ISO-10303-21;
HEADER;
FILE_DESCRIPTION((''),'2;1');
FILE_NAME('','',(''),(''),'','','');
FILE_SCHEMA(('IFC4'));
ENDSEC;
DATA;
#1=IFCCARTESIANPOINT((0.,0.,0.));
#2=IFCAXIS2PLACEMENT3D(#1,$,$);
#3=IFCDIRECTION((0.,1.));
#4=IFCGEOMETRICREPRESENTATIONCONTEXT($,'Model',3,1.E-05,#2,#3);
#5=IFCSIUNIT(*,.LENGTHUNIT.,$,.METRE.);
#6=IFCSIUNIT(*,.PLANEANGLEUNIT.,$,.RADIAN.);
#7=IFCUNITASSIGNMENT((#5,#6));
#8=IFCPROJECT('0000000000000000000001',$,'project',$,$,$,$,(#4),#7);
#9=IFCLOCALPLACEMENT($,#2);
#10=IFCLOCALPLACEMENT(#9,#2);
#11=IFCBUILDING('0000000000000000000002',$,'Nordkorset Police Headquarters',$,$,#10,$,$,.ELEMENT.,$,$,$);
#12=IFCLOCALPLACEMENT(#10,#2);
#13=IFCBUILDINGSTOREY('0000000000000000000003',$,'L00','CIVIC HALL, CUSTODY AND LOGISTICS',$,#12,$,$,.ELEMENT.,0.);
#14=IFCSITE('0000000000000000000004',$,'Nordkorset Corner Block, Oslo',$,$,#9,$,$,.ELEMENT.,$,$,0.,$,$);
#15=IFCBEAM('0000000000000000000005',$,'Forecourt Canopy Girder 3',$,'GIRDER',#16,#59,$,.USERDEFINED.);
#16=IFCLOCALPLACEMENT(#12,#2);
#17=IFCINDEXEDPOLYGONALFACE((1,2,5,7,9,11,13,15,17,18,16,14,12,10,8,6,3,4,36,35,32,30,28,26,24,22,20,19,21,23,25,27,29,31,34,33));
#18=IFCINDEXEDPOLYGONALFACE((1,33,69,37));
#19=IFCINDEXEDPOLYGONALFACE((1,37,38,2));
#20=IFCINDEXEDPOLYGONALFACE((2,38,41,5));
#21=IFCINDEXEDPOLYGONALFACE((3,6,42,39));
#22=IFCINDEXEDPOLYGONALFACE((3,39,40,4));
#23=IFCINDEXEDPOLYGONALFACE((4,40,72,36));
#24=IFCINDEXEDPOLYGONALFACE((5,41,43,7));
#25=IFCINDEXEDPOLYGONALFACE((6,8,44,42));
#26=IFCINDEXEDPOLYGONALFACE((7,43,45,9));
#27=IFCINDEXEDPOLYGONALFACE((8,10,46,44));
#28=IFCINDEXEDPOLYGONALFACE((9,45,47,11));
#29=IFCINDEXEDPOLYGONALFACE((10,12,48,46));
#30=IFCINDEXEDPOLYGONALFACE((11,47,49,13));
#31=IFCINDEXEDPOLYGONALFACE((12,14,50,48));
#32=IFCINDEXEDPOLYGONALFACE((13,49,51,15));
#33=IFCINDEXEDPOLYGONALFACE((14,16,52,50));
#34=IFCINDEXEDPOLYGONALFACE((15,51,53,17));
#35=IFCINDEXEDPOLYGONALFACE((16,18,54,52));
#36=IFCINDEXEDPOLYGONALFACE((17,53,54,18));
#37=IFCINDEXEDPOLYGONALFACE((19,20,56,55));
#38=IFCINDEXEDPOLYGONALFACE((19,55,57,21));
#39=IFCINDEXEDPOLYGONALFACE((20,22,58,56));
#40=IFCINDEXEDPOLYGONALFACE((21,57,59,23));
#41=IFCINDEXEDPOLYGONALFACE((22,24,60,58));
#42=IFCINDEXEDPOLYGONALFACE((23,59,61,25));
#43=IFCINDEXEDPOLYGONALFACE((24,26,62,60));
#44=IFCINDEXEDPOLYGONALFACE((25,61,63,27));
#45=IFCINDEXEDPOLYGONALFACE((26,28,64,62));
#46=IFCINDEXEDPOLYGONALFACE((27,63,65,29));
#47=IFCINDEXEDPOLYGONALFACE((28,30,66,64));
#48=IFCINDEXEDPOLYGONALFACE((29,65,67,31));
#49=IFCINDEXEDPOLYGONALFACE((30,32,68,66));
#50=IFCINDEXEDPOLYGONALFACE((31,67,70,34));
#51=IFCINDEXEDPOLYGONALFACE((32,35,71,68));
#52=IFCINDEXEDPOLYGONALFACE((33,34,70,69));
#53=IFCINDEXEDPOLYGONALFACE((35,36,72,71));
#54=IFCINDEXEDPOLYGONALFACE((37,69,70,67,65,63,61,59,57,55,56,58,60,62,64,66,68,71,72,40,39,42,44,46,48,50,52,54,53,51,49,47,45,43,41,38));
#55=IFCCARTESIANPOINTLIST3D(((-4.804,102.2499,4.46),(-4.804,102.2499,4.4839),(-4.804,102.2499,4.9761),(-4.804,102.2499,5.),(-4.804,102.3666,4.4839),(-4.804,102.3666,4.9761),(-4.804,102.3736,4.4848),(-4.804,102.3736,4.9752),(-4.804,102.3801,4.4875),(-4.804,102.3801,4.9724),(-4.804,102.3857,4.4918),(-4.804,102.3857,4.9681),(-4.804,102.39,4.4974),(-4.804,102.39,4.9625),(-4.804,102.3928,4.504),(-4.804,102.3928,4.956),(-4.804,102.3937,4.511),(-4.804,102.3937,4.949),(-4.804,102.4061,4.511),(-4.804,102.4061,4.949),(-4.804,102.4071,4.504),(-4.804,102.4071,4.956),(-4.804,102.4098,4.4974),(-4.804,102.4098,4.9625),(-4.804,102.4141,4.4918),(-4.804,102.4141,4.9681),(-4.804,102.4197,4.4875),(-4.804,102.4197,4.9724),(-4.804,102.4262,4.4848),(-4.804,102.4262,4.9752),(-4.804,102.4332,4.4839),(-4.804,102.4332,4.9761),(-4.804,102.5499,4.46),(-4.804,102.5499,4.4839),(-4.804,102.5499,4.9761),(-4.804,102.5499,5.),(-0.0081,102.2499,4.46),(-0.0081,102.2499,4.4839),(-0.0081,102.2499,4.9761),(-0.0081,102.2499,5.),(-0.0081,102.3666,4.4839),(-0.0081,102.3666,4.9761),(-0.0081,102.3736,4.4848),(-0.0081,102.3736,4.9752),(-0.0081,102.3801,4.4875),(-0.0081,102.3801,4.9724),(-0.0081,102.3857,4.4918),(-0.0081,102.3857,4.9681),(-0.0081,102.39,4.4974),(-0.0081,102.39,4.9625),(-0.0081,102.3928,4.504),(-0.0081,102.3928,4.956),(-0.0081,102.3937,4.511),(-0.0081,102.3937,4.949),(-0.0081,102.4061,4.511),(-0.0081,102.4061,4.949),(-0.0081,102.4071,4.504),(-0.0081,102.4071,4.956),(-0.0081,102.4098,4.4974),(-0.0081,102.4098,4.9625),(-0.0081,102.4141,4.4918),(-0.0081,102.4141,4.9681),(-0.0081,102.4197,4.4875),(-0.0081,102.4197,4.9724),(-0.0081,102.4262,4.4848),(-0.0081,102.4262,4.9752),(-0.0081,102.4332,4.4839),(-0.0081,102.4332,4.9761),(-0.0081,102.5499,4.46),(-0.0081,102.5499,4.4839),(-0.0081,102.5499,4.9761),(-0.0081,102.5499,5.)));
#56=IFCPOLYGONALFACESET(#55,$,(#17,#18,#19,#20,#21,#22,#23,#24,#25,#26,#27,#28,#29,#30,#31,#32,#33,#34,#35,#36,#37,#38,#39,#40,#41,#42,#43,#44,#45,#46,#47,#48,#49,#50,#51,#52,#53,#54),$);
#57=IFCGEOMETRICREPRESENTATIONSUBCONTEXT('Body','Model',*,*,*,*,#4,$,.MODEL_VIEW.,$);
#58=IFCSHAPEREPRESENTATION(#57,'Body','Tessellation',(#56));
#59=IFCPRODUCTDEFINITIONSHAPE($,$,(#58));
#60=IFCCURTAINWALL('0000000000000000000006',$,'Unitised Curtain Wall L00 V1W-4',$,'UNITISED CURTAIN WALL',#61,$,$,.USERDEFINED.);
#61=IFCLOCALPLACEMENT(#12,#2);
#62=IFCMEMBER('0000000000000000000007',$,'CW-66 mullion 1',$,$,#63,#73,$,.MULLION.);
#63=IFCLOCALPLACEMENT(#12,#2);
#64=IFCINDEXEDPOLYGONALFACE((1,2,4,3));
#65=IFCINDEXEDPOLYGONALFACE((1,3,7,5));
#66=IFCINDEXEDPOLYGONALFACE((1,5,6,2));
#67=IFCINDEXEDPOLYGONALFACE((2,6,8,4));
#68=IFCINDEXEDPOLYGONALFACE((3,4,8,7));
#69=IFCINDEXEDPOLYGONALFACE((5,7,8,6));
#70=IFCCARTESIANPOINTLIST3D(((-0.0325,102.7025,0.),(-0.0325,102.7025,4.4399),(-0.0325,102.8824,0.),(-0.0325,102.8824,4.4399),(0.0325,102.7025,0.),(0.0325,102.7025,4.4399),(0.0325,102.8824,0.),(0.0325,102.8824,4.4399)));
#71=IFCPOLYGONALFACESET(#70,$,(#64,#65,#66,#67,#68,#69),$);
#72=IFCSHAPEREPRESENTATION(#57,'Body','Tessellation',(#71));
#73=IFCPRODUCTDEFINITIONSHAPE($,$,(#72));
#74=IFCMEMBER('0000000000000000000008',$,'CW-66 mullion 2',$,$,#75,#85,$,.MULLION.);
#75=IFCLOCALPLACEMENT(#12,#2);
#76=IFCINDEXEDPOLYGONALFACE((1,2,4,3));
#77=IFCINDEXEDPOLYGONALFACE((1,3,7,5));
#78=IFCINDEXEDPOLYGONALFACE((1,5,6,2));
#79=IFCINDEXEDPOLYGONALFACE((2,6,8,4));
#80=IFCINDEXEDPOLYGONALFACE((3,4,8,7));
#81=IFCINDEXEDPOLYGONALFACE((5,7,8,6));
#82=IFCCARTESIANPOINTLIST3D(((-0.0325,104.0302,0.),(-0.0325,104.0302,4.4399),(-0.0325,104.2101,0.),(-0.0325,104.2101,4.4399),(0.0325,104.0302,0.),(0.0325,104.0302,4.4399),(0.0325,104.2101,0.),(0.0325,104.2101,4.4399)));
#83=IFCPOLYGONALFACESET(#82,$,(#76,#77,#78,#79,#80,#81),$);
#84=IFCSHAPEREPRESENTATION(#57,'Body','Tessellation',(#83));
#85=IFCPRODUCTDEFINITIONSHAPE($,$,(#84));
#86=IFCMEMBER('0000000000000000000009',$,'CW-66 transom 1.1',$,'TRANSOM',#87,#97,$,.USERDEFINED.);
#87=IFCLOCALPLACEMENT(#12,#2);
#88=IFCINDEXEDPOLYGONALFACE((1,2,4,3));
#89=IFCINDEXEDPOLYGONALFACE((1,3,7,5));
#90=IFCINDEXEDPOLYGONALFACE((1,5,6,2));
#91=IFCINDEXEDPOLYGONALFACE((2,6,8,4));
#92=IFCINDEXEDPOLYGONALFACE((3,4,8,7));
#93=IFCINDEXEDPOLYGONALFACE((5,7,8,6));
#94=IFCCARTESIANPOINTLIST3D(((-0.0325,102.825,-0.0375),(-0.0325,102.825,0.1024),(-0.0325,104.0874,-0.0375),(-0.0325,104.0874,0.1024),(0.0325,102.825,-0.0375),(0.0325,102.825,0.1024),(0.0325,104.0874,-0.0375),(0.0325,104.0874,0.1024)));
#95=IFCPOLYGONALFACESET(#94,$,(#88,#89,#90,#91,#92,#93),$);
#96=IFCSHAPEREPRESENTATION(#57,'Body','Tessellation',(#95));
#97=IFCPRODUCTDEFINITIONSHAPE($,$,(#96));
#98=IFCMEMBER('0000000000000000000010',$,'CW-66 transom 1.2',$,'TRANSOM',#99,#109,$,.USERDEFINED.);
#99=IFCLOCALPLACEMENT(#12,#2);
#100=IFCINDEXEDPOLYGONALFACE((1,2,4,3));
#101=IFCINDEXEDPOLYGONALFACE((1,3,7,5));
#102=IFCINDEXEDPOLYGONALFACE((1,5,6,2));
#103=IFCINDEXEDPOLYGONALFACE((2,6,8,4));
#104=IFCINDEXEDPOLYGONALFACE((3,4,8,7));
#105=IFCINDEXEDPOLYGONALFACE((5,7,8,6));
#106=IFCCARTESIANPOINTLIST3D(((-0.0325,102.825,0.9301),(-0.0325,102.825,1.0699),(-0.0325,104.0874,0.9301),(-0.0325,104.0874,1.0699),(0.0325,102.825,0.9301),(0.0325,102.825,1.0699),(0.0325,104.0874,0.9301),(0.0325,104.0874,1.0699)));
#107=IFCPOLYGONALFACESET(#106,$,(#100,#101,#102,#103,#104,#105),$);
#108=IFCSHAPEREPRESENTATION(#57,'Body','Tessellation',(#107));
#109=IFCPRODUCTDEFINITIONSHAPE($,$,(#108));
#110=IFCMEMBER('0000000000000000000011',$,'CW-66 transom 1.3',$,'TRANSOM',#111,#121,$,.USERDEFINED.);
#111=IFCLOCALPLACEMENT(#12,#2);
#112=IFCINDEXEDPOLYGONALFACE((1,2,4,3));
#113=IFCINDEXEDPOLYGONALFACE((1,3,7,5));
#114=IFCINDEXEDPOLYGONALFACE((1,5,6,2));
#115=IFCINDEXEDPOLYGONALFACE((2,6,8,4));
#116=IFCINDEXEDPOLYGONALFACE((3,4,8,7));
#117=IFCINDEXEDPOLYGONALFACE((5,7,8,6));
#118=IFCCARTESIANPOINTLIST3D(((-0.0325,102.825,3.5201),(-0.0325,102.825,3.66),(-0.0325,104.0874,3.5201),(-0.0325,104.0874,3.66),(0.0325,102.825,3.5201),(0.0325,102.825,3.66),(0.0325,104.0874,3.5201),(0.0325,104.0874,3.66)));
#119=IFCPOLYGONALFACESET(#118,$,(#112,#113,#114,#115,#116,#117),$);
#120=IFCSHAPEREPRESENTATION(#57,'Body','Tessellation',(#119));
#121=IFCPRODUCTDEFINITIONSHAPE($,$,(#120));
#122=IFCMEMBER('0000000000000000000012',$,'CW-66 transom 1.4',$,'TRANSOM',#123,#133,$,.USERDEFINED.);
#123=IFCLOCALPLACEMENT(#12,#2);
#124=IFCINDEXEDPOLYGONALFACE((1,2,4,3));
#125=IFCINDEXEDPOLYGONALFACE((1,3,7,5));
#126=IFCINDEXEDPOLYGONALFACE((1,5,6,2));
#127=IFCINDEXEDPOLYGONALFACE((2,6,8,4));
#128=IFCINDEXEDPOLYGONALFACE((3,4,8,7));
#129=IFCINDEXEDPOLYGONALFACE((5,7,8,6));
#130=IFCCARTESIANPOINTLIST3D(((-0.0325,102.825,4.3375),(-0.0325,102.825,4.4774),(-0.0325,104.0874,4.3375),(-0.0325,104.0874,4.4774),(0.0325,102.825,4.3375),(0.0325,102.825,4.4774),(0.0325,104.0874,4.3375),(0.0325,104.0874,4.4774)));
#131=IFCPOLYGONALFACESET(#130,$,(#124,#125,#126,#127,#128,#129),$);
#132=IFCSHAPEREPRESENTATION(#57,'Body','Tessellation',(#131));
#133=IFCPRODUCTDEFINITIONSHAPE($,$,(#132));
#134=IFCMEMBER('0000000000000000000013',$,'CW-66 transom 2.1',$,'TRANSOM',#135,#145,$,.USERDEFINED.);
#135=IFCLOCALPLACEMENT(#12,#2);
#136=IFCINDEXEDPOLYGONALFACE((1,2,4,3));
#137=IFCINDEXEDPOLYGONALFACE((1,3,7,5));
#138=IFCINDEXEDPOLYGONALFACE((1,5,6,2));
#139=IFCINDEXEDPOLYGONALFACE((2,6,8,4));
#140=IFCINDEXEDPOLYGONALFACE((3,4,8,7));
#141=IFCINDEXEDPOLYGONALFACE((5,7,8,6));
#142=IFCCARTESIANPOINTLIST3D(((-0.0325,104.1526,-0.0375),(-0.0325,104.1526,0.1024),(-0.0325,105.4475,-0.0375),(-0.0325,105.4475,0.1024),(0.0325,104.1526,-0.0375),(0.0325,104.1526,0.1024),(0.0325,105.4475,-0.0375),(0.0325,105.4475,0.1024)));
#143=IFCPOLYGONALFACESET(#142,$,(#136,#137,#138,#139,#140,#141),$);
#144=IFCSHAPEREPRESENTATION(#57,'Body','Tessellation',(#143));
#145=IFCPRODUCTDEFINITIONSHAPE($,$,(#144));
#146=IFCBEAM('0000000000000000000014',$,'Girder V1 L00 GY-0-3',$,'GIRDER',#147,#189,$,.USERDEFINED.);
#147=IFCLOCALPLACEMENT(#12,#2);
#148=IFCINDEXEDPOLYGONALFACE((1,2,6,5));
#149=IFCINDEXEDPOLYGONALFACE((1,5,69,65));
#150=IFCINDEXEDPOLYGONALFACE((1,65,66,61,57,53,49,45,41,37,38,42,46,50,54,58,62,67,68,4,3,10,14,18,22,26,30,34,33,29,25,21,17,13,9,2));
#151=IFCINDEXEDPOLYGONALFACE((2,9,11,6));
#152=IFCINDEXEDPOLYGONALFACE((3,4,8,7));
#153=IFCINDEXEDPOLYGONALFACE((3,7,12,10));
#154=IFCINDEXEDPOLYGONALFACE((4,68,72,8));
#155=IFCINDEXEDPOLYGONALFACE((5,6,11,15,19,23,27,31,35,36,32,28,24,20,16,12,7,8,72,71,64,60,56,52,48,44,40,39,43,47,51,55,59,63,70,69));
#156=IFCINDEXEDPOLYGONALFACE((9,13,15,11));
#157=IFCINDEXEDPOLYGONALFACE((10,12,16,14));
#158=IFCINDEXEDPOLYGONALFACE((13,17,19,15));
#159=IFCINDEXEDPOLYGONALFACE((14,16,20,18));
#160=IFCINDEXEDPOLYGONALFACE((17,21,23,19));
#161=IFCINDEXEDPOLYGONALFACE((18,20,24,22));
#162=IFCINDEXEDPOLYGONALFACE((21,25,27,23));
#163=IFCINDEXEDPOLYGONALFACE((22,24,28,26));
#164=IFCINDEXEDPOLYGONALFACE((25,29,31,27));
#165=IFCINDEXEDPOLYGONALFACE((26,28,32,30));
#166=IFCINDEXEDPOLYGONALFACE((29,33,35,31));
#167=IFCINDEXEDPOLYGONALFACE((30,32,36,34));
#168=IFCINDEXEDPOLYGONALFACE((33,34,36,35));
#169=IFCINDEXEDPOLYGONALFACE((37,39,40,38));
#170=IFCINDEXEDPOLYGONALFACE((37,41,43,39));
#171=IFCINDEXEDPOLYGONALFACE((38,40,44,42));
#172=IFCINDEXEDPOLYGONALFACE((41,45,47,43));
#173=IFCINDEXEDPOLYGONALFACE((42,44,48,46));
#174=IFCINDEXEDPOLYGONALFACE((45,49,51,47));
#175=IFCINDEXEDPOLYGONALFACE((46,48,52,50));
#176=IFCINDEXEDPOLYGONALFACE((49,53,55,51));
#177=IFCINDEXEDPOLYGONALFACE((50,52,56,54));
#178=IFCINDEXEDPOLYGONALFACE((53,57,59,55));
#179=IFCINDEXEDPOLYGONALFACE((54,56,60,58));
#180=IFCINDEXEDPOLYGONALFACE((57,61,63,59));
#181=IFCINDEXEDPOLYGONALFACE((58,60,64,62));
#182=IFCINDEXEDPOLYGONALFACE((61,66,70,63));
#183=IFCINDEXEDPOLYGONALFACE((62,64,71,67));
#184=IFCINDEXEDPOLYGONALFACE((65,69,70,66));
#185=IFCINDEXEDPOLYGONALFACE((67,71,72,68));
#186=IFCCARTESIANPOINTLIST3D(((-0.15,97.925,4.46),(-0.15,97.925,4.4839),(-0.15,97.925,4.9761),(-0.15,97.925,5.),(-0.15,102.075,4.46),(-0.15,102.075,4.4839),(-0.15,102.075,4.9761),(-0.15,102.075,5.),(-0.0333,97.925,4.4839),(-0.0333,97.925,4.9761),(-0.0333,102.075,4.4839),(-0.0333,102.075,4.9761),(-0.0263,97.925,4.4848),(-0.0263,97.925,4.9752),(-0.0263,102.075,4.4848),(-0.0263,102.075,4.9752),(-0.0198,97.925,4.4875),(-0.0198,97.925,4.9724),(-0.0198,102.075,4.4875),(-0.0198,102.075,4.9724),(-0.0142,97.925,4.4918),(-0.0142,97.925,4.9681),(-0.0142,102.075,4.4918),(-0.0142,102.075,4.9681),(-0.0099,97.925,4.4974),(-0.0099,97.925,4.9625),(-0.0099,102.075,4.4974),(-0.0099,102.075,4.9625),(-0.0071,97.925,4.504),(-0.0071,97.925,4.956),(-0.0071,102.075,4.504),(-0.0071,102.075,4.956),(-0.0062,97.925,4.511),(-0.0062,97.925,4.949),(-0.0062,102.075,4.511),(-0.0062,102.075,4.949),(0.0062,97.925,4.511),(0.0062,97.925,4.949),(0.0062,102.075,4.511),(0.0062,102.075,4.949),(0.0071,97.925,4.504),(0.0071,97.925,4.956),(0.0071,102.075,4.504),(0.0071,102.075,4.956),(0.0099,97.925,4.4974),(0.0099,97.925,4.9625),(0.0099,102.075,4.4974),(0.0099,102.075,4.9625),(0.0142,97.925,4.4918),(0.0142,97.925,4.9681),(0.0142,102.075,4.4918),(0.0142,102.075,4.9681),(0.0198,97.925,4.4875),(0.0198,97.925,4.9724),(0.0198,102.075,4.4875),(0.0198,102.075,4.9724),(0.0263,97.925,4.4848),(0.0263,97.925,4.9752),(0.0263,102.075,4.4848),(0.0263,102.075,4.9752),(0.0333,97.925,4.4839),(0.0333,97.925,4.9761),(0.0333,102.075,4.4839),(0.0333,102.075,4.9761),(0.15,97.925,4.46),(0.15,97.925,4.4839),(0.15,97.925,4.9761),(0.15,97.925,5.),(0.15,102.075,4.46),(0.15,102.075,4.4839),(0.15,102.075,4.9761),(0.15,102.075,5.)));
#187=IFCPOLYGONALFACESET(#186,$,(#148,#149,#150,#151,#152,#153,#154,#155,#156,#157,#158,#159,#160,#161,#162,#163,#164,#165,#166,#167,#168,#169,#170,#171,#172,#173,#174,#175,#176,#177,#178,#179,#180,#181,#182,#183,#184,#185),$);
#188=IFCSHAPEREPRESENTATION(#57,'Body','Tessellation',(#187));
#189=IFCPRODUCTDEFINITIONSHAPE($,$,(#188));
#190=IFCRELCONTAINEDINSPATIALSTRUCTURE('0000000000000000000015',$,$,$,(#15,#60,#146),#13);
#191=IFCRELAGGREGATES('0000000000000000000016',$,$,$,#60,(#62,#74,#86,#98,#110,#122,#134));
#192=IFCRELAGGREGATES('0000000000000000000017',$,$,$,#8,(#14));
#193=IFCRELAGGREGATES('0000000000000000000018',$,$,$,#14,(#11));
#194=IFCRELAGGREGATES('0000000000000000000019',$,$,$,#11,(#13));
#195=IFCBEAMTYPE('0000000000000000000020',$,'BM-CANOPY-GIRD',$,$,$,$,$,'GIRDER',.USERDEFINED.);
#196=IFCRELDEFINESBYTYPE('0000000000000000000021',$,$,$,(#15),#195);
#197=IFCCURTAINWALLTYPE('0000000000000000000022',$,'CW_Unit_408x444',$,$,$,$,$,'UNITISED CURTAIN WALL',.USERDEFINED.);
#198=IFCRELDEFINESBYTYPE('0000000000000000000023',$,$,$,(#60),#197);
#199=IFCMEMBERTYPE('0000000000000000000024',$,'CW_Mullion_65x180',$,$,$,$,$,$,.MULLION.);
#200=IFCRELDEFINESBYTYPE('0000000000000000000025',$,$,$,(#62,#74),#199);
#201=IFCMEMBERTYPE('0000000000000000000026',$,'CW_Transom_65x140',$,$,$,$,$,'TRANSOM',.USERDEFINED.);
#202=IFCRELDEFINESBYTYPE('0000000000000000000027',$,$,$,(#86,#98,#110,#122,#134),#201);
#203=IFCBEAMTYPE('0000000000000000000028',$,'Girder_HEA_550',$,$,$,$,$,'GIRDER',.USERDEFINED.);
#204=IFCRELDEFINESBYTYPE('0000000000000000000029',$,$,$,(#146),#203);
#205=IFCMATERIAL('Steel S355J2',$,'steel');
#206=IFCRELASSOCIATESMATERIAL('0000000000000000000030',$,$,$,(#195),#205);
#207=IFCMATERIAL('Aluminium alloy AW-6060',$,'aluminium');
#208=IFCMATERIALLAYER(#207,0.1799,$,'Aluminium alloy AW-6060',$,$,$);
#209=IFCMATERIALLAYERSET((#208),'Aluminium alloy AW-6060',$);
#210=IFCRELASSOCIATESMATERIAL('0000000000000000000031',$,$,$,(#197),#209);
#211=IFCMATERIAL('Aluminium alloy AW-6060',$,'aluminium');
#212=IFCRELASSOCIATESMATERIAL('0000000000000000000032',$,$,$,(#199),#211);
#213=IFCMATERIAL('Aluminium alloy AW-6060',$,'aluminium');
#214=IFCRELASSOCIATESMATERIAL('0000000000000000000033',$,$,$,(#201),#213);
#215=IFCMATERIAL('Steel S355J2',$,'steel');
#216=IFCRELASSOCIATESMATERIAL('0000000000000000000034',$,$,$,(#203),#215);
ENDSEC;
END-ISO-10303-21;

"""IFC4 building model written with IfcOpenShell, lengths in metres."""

from ifc_helpers import new_model, si_unit, direction, frame, origin, origin_2d, place, context, subcontext, project, spatial, rectangle, i_section, extrude, material, layer, layer_set, material_profile, profile_set, type_object, element, aggregate, save


model = new_model("IFC4")

# Units and contexts
model_context = context("Model", 3, precision=1e-05, world=origin(), true_north=direction((0.0, 1.0)))
body_context = subcontext(model_context, "Body", "Model", "MODEL_VIEW")
ifc_project = project(units=[si_unit("LENGTHUNIT", "METRE"), si_unit("PLANEANGLEUNIT", "RADIAN")], contexts=[model_context])

# Site, building, storey
site_placement = place(None, origin())
site = spatial("IfcSite", under=ifc_project, at=site_placement, Name="Nordkorset Corner Block, Oslo", CompositionType="ELEMENT", RefElevation=0.0)
building_placement = place(site_placement, origin())
building = spatial("IfcBuilding", under=site, at=building_placement, Name="Nordkorset Police Headquarters", CompositionType="ELEMENT")
storey_placement = place(building_placement, origin())
storey = spatial("IfcBuildingStorey", under=building, at=storey_placement, Name="L00", Description="CIVIC HALL, CUSTODY AND LOGISTICS", CompositionType="ELEMENT", Elevation=0.0)

# Beam
ifc_material_1 = material(Name="Steel S355J2", Category="steel")
ifc_material_profile_1 = material_profile(ifc_material_1, i_section(OverallWidth=0.3, OverallDepth=0.54, WebThickness=0.0125, FlangeThickness=0.0239, FilletRadius=0.0271, at=origin_2d()), Name="HEA 550")
ifc_profile_set_1 = profile_set([ifc_material_profile_1], Name="Steel S355J2")
beam_type_1 = type_object("IfcBeamType", Name="BM-CANOPY-GIRD", ElementType="GIRDER", PredefinedType="USERDEFINED", material=ifc_profile_set_1)
beam_1_placement = place(storey_placement, frame((-4.804, 102.3999, 4.73), z_axis=(1.0, 0.0, 0.0), x_axis=(0.0, 1.0, 0.0)))
element("IfcBeam", 1, at=beam_1_placement, inside=storey, type_object=beam_type_1, Name="Forecourt Canopy Girder 3", ObjectType="GIRDER", PredefinedType="USERDEFINED", context=body_context, shape_type="SweptSolid", body=[
    extrude(i_section(OverallWidth=0.3, OverallDepth=0.54, WebThickness=0.0125, FlangeThickness=0.0239, FilletRadius=0.0271, at=origin_2d()), origin(), (0.0, 0.0, 1.0), 4.7959),
])

# Curtain wall, members
ifc_material_2 = material(Name="Aluminium alloy AW-6060", Category="aluminium")
ifc_layer_1 = layer(ifc_material_2, 0.1799, Name="Aluminium alloy AW-6060")
ifc_layer_set_1 = layer_set([ifc_layer_1], Name="Aluminium alloy AW-6060")
curtain_wall_type = type_object("IfcCurtainWallType", Name="CW_Unit_408x444", ElementType="UNITISED CURTAIN WALL", PredefinedType="USERDEFINED", material=ifc_layer_set_1)
curtain_wall_placement = place(storey_placement, origin())
curtain_wall = element("IfcCurtainWall", 2, at=curtain_wall_placement, inside=storey, type_object=curtain_wall_type, Name="Unitised Curtain Wall L00 V1W-4", ObjectType="UNITISED CURTAIN WALL", PredefinedType="USERDEFINED")
ifc_material_3 = material(Name="Aluminium alloy AW-6060", Category="aluminium")
ifc_material_profile_2 = material_profile(ifc_material_3, rectangle(XDim=0.0649, YDim=0.1799, at=origin_2d()), Name="ALU MULL 65x180")
ifc_profile_set_2 = profile_set([ifc_material_profile_2], Name="Aluminium alloy AW-6060")
member_type_1 = type_object("IfcMemberType", Name="CW_Mullion_65x180", PredefinedType="MULLION", material=ifc_profile_set_2)
member_1_placement = place(storey_placement, frame((0.0, 102.7925, 0.0), z_axis=(0.0, 0.0, 1.0), x_axis=(-1.0, 0.0, 0.0)))
member_1 = element("IfcMember", 3, at=member_1_placement, type_object=member_type_1, Name="CW-66 mullion 1", PredefinedType="MULLION", context=body_context, shape_type="SweptSolid", body=[
    extrude(rectangle(XDim=0.0649, YDim=0.1799, at=origin_2d()), origin(), (0.0, 0.0, 1.0), 4.4399),
])
member_2_placement = place(storey_placement, frame((0.0, 104.1201, 0.0), z_axis=(0.0, 0.0, 1.0), x_axis=(-1.0, 0.0, 0.0)))
member_2 = element("IfcMember", 4, at=member_2_placement, type_object=member_type_1, Name="CW-66 mullion 2", PredefinedType="MULLION", context=body_context, shape_type="SweptSolid", body=[
    extrude(rectangle(XDim=0.0649, YDim=0.1799, at=origin_2d()), origin(), (0.0, 0.0, 1.0), 4.4399),
])
ifc_material_4 = material(Name="Aluminium alloy AW-6060", Category="aluminium")
ifc_material_profile_3 = material_profile(ifc_material_4, rectangle(XDim=0.0649, YDim=0.1399, at=origin_2d()), Name="ALU TRAN 65x140")
ifc_profile_set_3 = profile_set([ifc_material_profile_3], Name="Aluminium alloy AW-6060")
member_type_2 = type_object("IfcMemberType", Name="CW_Transom_65x140", ElementType="TRANSOM", PredefinedType="USERDEFINED", material=ifc_profile_set_3)
member_3_placement = place(storey_placement, frame((0.0, 102.825, 0.0325), z_axis=(0.0, 1.0, 0.0), x_axis=(-1.0, 0.0, 0.0)))
member_3 = element("IfcMember", 5, at=member_3_placement, type_object=member_type_2, Name="CW-66 transom 1.1", ObjectType="TRANSOM", PredefinedType="USERDEFINED", context=body_context, shape_type="SweptSolid", body=[
    extrude(rectangle(XDim=0.0649, YDim=0.1399, at=origin_2d()), origin(), (0.0, 0.0, 1.0), 1.2625),
])
member_4_placement = place(storey_placement, frame((0.0, 102.825, 1.0), z_axis=(0.0, 1.0, 0.0), x_axis=(-1.0, 0.0, 0.0)))
member_4 = element("IfcMember", 6, at=member_4_placement, type_object=member_type_2, Name="CW-66 transom 1.2", ObjectType="TRANSOM", PredefinedType="USERDEFINED", context=body_context, shape_type="SweptSolid", body=[
    extrude(rectangle(XDim=0.0649, YDim=0.1399, at=origin_2d()), origin(), (0.0, 0.0, 1.0), 1.2625),
])
member_5_placement = place(storey_placement, frame((0.0, 102.825, 3.5901), z_axis=(0.0, 1.0, 0.0), x_axis=(-1.0, 0.0, 0.0)))
member_5 = element("IfcMember", 7, at=member_5_placement, type_object=member_type_2, Name="CW-66 transom 1.3", ObjectType="TRANSOM", PredefinedType="USERDEFINED", context=body_context, shape_type="SweptSolid", body=[
    extrude(rectangle(XDim=0.0649, YDim=0.1399, at=origin_2d()), origin(), (0.0, 0.0, 1.0), 1.2625),
])
member_6_placement = place(storey_placement, frame((0.0, 102.825, 4.4075), z_axis=(0.0, 1.0, 0.0), x_axis=(-1.0, 0.0, 0.0)))
member_6 = element("IfcMember", 8, at=member_6_placement, type_object=member_type_2, Name="CW-66 transom 1.4", ObjectType="TRANSOM", PredefinedType="USERDEFINED", context=body_context, shape_type="SweptSolid", body=[
    extrude(rectangle(XDim=0.0649, YDim=0.1399, at=origin_2d()), origin(), (0.0, 0.0, 1.0), 1.2625),
])
member_7_placement = place(storey_placement, frame((0.0, 104.1526, 0.0325), z_axis=(0.0, 1.0, 0.0), x_axis=(-1.0, 0.0, 0.0)))
member_7 = element("IfcMember", 9, at=member_7_placement, type_object=member_type_2, Name="CW-66 transom 2.1", ObjectType="TRANSOM", PredefinedType="USERDEFINED", context=body_context, shape_type="SweptSolid", body=[
    extrude(rectangle(XDim=0.0649, YDim=0.1399, at=origin_2d()), origin(), (0.0, 0.0, 1.0), 1.2949),
])

# Beam
ifc_material_5 = material(Name="Steel S355J2", Category="steel")
ifc_material_profile_4 = material_profile(ifc_material_5, i_section(OverallWidth=0.3, OverallDepth=0.54, WebThickness=0.0125, FlangeThickness=0.0239, FilletRadius=0.0271, at=origin_2d()), Name="HEA 550")
ifc_profile_set_4 = profile_set([ifc_material_profile_4], Name="Steel S355J2")
beam_type_2 = type_object("IfcBeamType", Name="Girder_HEA_550", ElementType="GIRDER", PredefinedType="USERDEFINED", material=ifc_profile_set_4)
for number, where, z_axis, x_axis, name in (
    (10, (0.0, 97.925, 4.73), (0.0, 1.0, 0.0), (-1.0, 0.0, 0.0), "Girder V1 L00 GY-0-3"),
):
    element("IfcBeam", number, at=place(storey_placement, frame(where, z_axis=z_axis, x_axis=x_axis)), inside=storey, type_object=beam_type_2, Name=name, ObjectType="GIRDER", PredefinedType="USERDEFINED", context=body_context, shape_type="SweptSolid", body=[
        extrude(i_section(OverallWidth=0.3, OverallDepth=0.54, WebThickness=0.0125, FlangeThickness=0.0239, FilletRadius=0.0271, at=origin_2d()), origin(), (0.0, 0.0, 1.0), 4.1499),
    ])

aggregate(curtain_wall, [member_1, member_2, member_3, member_4, member_5, member_6, member_7])

save(model, "model.ifc")
